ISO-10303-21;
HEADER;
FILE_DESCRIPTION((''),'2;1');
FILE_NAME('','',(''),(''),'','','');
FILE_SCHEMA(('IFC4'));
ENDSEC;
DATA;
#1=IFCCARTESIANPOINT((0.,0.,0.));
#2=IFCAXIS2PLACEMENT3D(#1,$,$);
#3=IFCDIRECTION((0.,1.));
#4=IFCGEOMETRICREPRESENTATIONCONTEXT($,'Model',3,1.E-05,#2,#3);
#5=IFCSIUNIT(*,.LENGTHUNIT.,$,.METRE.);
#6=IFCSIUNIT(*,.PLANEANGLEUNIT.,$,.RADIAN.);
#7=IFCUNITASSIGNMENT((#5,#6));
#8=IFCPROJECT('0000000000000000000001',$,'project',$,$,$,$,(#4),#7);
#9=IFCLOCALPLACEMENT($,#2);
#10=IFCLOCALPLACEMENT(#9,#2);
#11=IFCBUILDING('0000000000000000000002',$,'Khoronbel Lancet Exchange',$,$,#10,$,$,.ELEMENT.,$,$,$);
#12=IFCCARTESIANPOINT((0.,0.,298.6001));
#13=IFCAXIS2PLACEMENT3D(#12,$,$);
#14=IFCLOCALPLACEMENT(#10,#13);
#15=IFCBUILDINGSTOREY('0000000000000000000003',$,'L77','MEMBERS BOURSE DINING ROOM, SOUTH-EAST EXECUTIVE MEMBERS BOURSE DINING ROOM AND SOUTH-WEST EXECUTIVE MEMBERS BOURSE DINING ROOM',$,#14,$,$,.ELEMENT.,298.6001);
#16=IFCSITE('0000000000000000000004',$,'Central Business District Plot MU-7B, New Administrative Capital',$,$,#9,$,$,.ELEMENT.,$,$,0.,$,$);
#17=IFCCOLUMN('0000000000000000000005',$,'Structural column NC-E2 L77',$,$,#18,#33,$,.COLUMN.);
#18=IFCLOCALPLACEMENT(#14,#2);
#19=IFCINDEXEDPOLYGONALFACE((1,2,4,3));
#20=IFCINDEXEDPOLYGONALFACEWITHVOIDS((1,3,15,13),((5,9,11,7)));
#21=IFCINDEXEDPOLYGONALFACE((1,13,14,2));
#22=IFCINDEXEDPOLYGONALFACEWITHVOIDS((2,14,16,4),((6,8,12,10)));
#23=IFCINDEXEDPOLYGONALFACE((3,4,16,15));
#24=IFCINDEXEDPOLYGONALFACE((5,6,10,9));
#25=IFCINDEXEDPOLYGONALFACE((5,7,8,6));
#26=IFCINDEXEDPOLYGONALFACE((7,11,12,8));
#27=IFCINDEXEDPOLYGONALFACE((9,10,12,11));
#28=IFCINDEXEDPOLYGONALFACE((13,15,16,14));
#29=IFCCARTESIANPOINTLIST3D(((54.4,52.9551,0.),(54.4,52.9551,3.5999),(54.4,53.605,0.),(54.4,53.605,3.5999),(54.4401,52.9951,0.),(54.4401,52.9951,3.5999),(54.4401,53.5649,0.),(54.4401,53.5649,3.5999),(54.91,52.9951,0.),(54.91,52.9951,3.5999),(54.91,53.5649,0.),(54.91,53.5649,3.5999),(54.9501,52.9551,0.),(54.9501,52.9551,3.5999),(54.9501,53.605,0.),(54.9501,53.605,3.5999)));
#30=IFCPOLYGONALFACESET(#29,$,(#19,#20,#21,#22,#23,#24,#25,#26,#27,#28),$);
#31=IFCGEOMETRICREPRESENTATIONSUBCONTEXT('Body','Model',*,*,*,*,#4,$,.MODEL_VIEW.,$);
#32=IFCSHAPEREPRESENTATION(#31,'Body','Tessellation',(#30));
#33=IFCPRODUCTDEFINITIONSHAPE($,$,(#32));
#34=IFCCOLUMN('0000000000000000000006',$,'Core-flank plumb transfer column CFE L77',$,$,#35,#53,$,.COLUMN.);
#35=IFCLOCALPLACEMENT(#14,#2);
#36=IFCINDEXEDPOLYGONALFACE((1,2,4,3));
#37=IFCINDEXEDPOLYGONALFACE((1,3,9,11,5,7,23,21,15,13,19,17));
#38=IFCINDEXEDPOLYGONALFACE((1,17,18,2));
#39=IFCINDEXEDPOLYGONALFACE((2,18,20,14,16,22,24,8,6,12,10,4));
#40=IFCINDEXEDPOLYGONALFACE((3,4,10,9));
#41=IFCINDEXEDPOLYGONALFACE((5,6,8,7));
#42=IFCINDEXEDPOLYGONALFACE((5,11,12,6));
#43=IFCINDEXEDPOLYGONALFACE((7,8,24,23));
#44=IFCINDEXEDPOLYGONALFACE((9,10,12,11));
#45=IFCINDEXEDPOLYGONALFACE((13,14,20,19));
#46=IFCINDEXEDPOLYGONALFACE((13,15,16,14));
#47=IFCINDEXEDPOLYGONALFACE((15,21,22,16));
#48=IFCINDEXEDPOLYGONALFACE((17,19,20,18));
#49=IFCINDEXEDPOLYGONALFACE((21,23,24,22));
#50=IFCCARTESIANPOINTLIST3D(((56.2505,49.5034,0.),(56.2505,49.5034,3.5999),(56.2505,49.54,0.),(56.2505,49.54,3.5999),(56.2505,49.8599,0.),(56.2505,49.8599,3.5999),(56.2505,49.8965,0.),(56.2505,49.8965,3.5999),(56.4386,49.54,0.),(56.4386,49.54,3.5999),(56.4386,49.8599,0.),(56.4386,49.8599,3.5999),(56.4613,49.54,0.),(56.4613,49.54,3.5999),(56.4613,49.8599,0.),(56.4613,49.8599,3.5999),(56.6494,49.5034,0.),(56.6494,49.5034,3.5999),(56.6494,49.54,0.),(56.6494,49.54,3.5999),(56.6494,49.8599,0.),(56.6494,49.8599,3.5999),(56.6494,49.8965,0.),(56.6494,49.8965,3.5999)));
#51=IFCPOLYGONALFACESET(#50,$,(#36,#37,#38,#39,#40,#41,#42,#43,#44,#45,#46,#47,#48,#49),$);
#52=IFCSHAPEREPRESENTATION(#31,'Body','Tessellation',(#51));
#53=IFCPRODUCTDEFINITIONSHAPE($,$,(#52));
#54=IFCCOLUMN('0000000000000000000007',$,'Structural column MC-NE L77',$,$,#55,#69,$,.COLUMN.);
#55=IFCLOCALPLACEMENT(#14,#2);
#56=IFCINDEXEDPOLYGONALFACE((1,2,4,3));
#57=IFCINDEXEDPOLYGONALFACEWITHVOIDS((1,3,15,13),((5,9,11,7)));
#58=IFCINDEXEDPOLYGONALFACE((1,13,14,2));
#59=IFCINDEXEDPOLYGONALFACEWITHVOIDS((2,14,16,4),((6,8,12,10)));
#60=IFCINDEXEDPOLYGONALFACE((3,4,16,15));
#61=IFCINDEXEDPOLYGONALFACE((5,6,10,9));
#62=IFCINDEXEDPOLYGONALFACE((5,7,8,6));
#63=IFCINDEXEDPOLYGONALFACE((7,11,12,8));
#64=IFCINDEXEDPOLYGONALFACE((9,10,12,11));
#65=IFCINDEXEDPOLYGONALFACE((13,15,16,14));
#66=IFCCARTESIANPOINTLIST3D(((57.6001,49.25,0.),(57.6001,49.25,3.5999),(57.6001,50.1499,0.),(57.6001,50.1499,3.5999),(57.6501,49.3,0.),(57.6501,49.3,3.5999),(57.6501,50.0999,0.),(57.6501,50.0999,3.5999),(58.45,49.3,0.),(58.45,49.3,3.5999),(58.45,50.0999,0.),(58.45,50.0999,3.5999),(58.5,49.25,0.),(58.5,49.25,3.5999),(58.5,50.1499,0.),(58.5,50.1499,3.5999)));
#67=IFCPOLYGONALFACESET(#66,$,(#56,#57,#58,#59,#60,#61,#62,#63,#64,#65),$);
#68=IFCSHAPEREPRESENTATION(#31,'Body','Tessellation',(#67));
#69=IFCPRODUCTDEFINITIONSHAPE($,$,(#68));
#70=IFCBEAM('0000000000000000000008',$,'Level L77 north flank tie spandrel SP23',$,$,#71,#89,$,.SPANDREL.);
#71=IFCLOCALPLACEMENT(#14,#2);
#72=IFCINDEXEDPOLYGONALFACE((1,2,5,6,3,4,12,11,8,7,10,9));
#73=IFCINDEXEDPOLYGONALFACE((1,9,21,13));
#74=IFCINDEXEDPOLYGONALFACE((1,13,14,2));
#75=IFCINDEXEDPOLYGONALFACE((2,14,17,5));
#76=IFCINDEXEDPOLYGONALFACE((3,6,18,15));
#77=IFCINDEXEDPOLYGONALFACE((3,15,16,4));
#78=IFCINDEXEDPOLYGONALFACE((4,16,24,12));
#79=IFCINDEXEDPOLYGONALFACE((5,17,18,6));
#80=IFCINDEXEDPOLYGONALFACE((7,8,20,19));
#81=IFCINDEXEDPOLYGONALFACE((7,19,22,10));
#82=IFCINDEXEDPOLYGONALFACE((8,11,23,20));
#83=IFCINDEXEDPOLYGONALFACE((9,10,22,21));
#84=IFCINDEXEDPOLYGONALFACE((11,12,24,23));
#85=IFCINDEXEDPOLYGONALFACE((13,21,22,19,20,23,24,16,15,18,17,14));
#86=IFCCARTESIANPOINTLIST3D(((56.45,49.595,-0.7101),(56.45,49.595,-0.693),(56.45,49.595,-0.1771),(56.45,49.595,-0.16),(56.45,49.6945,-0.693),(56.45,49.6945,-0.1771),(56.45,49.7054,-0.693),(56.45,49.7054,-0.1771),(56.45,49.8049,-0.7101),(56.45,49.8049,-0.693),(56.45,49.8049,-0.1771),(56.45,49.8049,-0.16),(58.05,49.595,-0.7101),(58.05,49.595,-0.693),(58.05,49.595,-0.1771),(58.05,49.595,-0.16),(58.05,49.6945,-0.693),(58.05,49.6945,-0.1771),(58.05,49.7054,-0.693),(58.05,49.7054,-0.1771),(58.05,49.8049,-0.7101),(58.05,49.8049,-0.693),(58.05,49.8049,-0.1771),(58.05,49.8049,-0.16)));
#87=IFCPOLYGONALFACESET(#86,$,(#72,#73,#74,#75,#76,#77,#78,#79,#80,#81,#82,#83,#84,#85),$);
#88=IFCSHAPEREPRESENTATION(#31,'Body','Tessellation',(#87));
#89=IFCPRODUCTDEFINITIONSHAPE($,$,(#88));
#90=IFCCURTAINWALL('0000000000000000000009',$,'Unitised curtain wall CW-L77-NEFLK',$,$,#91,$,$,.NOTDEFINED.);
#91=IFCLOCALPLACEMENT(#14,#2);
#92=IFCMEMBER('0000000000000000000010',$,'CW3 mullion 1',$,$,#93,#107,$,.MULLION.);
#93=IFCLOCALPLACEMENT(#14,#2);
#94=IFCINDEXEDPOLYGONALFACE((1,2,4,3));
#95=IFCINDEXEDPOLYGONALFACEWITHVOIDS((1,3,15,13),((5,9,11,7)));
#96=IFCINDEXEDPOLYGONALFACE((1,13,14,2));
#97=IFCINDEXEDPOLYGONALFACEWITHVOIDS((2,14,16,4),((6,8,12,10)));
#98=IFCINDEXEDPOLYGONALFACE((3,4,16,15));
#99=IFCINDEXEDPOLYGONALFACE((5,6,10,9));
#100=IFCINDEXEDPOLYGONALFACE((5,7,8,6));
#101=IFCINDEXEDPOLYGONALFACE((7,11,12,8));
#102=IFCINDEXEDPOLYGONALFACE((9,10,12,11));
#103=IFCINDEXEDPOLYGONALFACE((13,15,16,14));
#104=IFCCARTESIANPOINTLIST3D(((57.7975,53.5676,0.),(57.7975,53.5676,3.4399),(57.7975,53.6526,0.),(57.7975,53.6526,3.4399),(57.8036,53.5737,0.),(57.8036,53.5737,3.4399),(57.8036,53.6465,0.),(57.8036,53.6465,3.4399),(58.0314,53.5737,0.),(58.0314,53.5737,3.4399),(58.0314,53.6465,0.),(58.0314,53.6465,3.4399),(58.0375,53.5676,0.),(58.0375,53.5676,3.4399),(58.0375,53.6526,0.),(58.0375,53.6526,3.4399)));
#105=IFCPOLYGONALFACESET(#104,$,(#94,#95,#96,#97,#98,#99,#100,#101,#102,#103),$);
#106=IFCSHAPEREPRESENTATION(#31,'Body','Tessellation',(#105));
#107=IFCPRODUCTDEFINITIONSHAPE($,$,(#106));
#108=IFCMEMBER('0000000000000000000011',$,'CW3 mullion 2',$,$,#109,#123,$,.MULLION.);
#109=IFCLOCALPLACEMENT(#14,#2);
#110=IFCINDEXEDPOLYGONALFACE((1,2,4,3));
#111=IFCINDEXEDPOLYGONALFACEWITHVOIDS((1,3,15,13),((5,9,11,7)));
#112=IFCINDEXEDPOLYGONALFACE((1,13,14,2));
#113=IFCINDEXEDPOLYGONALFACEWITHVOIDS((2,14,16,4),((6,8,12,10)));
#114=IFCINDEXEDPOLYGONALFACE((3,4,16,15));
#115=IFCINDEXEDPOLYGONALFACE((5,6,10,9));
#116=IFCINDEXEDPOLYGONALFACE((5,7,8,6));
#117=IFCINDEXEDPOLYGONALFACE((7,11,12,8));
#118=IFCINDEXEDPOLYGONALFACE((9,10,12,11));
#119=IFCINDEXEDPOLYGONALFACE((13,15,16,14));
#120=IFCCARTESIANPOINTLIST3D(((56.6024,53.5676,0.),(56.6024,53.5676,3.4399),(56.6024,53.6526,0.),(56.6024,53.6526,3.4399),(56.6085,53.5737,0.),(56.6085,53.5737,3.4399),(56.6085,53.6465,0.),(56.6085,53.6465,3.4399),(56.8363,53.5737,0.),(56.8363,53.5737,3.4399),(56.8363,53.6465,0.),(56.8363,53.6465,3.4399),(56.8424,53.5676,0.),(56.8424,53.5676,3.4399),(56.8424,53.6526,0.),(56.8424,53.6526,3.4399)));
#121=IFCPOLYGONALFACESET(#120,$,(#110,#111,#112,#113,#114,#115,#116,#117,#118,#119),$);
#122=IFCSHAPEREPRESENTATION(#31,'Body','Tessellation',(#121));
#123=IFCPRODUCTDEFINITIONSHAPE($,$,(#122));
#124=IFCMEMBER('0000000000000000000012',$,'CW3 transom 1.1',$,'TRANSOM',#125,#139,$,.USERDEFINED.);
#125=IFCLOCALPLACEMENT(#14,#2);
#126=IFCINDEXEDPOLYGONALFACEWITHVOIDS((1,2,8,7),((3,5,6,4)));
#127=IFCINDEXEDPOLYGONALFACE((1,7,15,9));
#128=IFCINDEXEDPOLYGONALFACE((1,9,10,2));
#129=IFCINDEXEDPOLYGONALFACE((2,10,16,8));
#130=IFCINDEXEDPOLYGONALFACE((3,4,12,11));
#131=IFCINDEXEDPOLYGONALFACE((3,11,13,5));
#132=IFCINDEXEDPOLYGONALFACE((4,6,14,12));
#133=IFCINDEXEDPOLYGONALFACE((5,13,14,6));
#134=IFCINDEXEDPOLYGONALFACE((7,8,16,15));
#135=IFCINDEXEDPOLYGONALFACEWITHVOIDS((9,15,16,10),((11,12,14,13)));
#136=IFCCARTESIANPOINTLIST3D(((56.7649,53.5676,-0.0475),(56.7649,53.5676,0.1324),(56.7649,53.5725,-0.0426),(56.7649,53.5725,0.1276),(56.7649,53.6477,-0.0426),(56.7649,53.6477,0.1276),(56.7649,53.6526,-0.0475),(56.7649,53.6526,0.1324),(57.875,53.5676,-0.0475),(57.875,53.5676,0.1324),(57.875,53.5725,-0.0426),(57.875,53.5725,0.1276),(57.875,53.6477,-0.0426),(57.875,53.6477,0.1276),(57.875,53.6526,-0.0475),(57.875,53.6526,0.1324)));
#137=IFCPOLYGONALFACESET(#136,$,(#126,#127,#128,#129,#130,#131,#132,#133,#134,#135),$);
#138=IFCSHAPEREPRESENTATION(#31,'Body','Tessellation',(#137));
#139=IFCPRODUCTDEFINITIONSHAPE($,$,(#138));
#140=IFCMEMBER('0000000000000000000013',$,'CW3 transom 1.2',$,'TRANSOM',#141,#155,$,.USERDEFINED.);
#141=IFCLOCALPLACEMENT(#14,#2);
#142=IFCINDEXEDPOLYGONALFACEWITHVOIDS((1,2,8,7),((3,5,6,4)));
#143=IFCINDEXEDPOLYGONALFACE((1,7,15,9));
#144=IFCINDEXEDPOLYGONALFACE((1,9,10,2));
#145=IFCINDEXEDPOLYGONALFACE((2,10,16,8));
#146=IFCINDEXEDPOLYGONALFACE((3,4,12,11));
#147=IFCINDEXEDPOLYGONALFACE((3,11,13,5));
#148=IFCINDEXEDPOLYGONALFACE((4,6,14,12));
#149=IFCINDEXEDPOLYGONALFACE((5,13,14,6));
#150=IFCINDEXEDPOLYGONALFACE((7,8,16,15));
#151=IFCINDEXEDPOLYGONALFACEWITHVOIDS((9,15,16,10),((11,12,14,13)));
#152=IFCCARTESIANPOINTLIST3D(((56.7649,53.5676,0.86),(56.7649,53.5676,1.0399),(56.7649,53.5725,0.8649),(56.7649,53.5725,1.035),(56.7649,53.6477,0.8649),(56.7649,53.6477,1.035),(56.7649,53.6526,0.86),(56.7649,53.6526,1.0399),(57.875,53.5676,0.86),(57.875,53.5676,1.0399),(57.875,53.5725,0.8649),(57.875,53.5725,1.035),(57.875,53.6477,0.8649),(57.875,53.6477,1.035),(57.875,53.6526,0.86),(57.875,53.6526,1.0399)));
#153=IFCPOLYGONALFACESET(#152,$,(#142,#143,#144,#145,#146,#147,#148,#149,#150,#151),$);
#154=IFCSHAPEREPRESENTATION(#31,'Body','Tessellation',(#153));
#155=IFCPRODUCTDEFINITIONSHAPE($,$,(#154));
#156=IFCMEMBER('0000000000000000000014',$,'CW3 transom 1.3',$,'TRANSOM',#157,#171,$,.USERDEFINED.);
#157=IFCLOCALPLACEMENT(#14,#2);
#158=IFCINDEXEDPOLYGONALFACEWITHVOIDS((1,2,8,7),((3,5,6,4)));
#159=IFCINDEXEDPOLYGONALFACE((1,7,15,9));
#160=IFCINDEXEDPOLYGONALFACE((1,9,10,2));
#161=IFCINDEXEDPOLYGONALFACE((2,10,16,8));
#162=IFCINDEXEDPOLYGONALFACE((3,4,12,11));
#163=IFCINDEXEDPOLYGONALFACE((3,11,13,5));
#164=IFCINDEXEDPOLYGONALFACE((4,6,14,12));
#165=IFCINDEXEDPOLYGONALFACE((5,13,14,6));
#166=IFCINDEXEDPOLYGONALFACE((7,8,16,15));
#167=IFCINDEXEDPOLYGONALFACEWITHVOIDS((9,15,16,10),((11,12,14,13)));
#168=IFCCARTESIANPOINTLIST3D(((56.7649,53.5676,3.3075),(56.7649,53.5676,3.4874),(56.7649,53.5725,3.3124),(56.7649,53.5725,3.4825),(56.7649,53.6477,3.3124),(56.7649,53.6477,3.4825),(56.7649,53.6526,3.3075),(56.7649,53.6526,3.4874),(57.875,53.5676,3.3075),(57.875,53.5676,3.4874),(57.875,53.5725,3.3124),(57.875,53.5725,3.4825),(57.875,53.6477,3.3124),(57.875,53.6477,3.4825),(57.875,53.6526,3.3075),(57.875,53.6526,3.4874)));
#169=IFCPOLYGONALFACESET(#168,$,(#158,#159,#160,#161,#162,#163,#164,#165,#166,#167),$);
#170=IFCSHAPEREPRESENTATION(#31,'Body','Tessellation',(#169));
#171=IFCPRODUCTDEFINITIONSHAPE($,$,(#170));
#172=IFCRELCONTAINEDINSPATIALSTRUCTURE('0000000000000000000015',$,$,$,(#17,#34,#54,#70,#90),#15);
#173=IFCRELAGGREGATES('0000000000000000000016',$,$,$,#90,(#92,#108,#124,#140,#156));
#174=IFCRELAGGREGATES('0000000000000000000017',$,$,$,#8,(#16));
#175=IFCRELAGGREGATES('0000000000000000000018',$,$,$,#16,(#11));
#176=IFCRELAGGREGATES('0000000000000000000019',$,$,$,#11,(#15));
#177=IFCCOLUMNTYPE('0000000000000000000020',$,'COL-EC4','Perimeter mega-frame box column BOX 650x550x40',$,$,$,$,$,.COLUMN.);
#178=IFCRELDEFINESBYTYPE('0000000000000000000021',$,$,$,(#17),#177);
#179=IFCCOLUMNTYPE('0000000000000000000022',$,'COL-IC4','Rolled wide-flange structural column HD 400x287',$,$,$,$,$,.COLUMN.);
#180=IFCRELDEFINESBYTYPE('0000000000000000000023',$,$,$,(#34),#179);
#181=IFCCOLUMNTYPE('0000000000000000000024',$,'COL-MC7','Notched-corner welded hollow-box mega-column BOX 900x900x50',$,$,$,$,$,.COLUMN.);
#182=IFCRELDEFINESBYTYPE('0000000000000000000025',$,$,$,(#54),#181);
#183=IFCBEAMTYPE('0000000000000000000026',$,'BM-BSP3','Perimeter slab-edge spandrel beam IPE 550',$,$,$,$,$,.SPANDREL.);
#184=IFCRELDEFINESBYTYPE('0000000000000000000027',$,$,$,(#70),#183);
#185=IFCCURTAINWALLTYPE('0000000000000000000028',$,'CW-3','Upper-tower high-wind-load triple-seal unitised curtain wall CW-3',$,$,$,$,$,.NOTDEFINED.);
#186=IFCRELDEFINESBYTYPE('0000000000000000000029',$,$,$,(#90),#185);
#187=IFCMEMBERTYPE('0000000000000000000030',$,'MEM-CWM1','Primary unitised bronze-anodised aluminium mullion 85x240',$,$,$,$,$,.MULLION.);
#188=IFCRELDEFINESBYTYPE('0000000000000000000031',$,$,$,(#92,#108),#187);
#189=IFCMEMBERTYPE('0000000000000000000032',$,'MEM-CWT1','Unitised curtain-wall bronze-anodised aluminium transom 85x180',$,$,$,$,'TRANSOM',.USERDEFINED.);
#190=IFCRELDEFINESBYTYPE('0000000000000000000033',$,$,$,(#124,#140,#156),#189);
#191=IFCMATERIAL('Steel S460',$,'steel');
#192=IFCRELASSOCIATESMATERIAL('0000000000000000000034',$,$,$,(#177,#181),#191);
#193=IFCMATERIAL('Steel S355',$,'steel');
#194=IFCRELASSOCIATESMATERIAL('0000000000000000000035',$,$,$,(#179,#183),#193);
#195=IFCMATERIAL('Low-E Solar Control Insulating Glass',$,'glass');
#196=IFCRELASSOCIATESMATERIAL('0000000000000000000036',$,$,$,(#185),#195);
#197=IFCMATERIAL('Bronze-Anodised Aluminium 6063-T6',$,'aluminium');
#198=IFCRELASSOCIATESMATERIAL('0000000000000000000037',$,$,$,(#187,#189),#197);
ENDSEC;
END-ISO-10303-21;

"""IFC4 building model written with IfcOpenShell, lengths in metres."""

from ifc_helpers import new_model, si_unit, direction, frame, origin, origin_2d, place, context, subcontext, project, spatial, hollow_rectangle, i_section, extrude, material, material_profile, profile_set, type_object, element, aggregate, save


model = new_model("IFC4")

# Units and contexts
model_context = context("Model", 3, precision=1e-05, world=origin(), true_north=direction((0.0, 1.0)))
body_context = subcontext(model_context, "Body", "Model", "MODEL_VIEW")
ifc_project = project(units=[si_unit("LENGTHUNIT", "METRE"), si_unit("PLANEANGLEUNIT", "RADIAN")], contexts=[model_context])

# Site, building, storey
site_placement = place(None, origin())
site = spatial("IfcSite", under=ifc_project, at=site_placement, Name="Central Business District Plot MU-7B, New Administrative Capital", CompositionType="ELEMENT", RefElevation=0.0)
building_placement = place(site_placement, origin())
building = spatial("IfcBuilding", under=site, at=building_placement, Name="Khoronbel Lancet Exchange", CompositionType="ELEMENT")
storey_placement = place(building_placement, frame((0.0, 0.0, 298.6001)))
storey = spatial("IfcBuildingStorey", under=building, at=storey_placement, Name="L77", Description="MEMBERS BOURSE DINING ROOM, SOUTH-EAST EXECUTIVE MEMBERS BOURSE DINING ROOM AND SOUTH-WEST EXECUTIVE MEMBERS BOURSE DINING ROOM", CompositionType="ELEMENT", Elevation=298.6001)

# Columns
ifc_material_1 = material(Name="Steel S460", Category="steel")
ifc_material_profile_1 = material_profile(ifc_material_1, hollow_rectangle(XDim=0.55, YDim=0.6499, WallThickness=0.04, at=origin_2d()), Name="BOX 650x550x40")
ifc_profile_set_1 = profile_set([ifc_material_profile_1], Name="Steel S460")
column_type_1 = type_object("IfcColumnType", Name="COL-EC4", Description="Perimeter mega-frame box column BOX 650x550x40", PredefinedType="COLUMN", material=ifc_profile_set_1)
column_1_placement = place(storey_placement, frame((54.675, 53.28, 0.0), z_axis=(0.0, 0.0, 1.0), x_axis=(1.0, 0.0, 0.0)))
element("IfcColumn", 1, at=column_1_placement, inside=storey, type_object=column_type_1, Name="Structural column NC-E2 L77", PredefinedType="COLUMN", context=body_context, shape_type="SweptSolid", body=[
    extrude(hollow_rectangle(XDim=0.55, YDim=0.6499, WallThickness=0.04, at=origin_2d()), origin(), (0.0, 0.0, 1.0), 3.5999),
])
ifc_material_2 = material(Name="Steel S355", Category="steel")
ifc_material_profile_2 = material_profile(ifc_material_2, i_section(OverallWidth=0.3989, OverallDepth=0.3931, WebThickness=0.0227, FlangeThickness=0.0366, at=origin_2d()), Name="HD 400x287")
ifc_profile_set_2 = profile_set([ifc_material_profile_2], Name="Steel S355")
column_type_2 = type_object("IfcColumnType", Name="COL-IC4", Description="Rolled wide-flange structural column HD 400x287", PredefinedType="COLUMN", material=ifc_profile_set_2)
column_2_placement = place(storey_placement, frame((56.45, 49.7, 0.0), z_axis=(0.0, 0.0, 1.0), x_axis=(1.0, 0.0, 0.0)))
element("IfcColumn", 2, at=column_2_placement, inside=storey, type_object=column_type_2, Name="Core-flank plumb transfer column CFE L77", PredefinedType="COLUMN", context=body_context, shape_type="SweptSolid", body=[
    extrude(i_section(OverallWidth=0.3989, OverallDepth=0.3931, WebThickness=0.0227, FlangeThickness=0.0366, at=origin_2d()), origin(), (0.0, 0.0, 1.0), 3.5999),
])
ifc_material_profile_3 = material_profile(ifc_material_1, hollow_rectangle(XDim=0.8999, YDim=0.8999, WallThickness=0.05, at=origin_2d()), Name="BOX 900x900x50")
ifc_profile_set_3 = profile_set([ifc_material_profile_3], Name="Steel S460")
column_type_3 = type_object("IfcColumnType", Name="COL-MC7", Description="Notched-corner welded hollow-box mega-column BOX 900x900x50", PredefinedType="COLUMN", material=ifc_profile_set_3)
column_3_placement = place(storey_placement, frame((58.05, 49.7, 0.0), z_axis=(0.0, 0.0, 1.0), x_axis=(1.0, 0.0, 0.0)))
element("IfcColumn", 3, at=column_3_placement, inside=storey, type_object=column_type_3, Name="Structural column MC-NE L77", PredefinedType="COLUMN", context=body_context, shape_type="SweptSolid", body=[
    extrude(hollow_rectangle(XDim=0.8999, YDim=0.8999, WallThickness=0.05, at=origin_2d()), origin(), (0.0, 0.0, 1.0), 3.5999),
])

# Beam
ifc_material_profile_4 = material_profile(ifc_material_2, i_section(OverallWidth=0.21, OverallDepth=0.55, WebThickness=0.011, FlangeThickness=0.0171, at=origin_2d()), Name="IPE 550")
ifc_profile_set_4 = profile_set([ifc_material_profile_4], Name="Steel S355")
beam_type = type_object("IfcBeamType", Name="BM-BSP3", Description="Perimeter slab-edge spandrel beam IPE 550", PredefinedType="SPANDREL", material=ifc_profile_set_4)
beam_placement = place(storey_placement, frame((58.05, 49.7, -0.4351), z_axis=(-1.0, 0.0, 0.0), x_axis=(0.0, -1.0, 0.0)))
element("IfcBeam", 4, at=beam_placement, inside=storey, type_object=beam_type, Name="Level L77 north flank tie spandrel SP23", PredefinedType="SPANDREL", context=body_context, shape_type="SweptSolid", body=[
    extrude(i_section(OverallWidth=0.21, OverallDepth=0.55, WebThickness=0.011, FlangeThickness=0.0171, at=origin_2d()), origin(), (0.0, 0.0, 1.0), 1.6001),
])

# Curtain wall, members
ifc_material_3 = material(Name="Low-E Solar Control Insulating Glass", Category="glass")
curtain_wall_type = type_object("IfcCurtainWallType", Name="CW-3", Description="Upper-tower high-wind-load triple-seal unitised curtain wall CW-3", PredefinedType="NOTDEFINED", material=ifc_material_3)
curtain_wall_placement = place(storey_placement, origin())
curtain_wall = element("IfcCurtainWall", 5, at=curtain_wall_placement, inside=storey, type_object=curtain_wall_type, Name="Unitised curtain wall CW-L77-NEFLK", PredefinedType="NOTDEFINED")
ifc_material_4 = material(Name="Bronze-Anodised Aluminium 6063-T6", Category="aluminium")
ifc_material_profile_5 = material_profile(ifc_material_4, hollow_rectangle(XDim=0.085, YDim=0.24, WallThickness=0.0061, at=origin_2d()), Name="ALU MULLION 85x240")
ifc_profile_set_5 = profile_set([ifc_material_profile_5], Name="Bronze-Anodised Aluminium 6063-T6")
member_type_1 = type_object("IfcMemberType", Name="MEM-CWM1", Description="Primary unitised bronze-anodised aluminium mullion 85x240", PredefinedType="MULLION", material=ifc_profile_set_5)
member_1_placement = place(storey_placement, frame((57.9175, 53.6101, 0.0), z_axis=(0.0, 0.0, 1.0), x_axis=(0.0, -1.0, 0.0)))
member_1 = element("IfcMember", 6, at=member_1_placement, type_object=member_type_1, Name="CW3 mullion 1", PredefinedType="MULLION", context=body_context, shape_type="SweptSolid", body=[
    extrude(hollow_rectangle(XDim=0.085, YDim=0.24, WallThickness=0.0061, at=origin_2d()), origin(), (0.0, 0.0, 1.0), 3.4399),
])
member_2_placement = place(storey_placement, frame((56.7224, 53.6101, 0.0), z_axis=(0.0, 0.0, 1.0), x_axis=(0.0, -1.0, 0.0)))
member_2 = element("IfcMember", 7, at=member_2_placement, type_object=member_type_1, Name="CW3 mullion 2", PredefinedType="MULLION", context=body_context, shape_type="SweptSolid", body=[
    extrude(hollow_rectangle(XDim=0.085, YDim=0.24, WallThickness=0.0061, at=origin_2d()), origin(), (0.0, 0.0, 1.0), 3.4399),
])
ifc_material_profile_6 = material_profile(ifc_material_4, hollow_rectangle(XDim=0.085, YDim=0.1799, WallThickness=0.0049, at=origin_2d()), Name="ALU TRANSOM 85x180")
ifc_profile_set_6 = profile_set([ifc_material_profile_6], Name="Bronze-Anodised Aluminium 6063-T6")
member_type_2 = type_object("IfcMemberType", Name="MEM-CWT1", Description="Unitised curtain-wall bronze-anodised aluminium transom 85x180", ElementType="TRANSOM", PredefinedType="USERDEFINED", material=ifc_profile_set_6)
member_3_placement = place(storey_placement, frame((57.875, 53.6101, 0.0425), z_axis=(-1.0, 0.0, 0.0), x_axis=(0.0, -1.0, 0.0)))
member_3 = element("IfcMember", 8, at=member_3_placement, type_object=member_type_2, Name="CW3 transom 1.1", ObjectType="TRANSOM", PredefinedType="USERDEFINED", context=body_context, shape_type="SweptSolid", body=[
    extrude(hollow_rectangle(XDim=0.085, YDim=0.1799, WallThickness=0.0049, at=origin_2d()), origin(), (0.0, 0.0, 1.0), 1.1101),
])
member_4_placement = place(storey_placement, frame((57.875, 53.6101, 0.95), z_axis=(-1.0, 0.0, 0.0), x_axis=(0.0, -1.0, 0.0)))
member_4 = element("IfcMember", 9, at=member_4_placement, type_object=member_type_2, Name="CW3 transom 1.2", ObjectType="TRANSOM", PredefinedType="USERDEFINED", context=body_context, shape_type="SweptSolid", body=[
    extrude(hollow_rectangle(XDim=0.085, YDim=0.1799, WallThickness=0.0049, at=origin_2d()), origin(), (0.0, 0.0, 1.0), 1.1101),
])
member_5_placement = place(storey_placement, frame((57.875, 53.6101, 3.3975), z_axis=(-1.0, 0.0, 0.0), x_axis=(0.0, -1.0, 0.0)))
member_5 = element("IfcMember", 10, at=member_5_placement, type_object=member_type_2, Name="CW3 transom 1.3", ObjectType="TRANSOM", PredefinedType="USERDEFINED", context=body_context, shape_type="SweptSolid", body=[
    extrude(hollow_rectangle(XDim=0.085, YDim=0.1799, WallThickness=0.0049, at=origin_2d()), origin(), (0.0, 0.0, 1.0), 1.1101),
])
aggregate(curtain_wall, [member_1, member_2, member_3, member_4, member_5])

save(model, "model.ifc")
